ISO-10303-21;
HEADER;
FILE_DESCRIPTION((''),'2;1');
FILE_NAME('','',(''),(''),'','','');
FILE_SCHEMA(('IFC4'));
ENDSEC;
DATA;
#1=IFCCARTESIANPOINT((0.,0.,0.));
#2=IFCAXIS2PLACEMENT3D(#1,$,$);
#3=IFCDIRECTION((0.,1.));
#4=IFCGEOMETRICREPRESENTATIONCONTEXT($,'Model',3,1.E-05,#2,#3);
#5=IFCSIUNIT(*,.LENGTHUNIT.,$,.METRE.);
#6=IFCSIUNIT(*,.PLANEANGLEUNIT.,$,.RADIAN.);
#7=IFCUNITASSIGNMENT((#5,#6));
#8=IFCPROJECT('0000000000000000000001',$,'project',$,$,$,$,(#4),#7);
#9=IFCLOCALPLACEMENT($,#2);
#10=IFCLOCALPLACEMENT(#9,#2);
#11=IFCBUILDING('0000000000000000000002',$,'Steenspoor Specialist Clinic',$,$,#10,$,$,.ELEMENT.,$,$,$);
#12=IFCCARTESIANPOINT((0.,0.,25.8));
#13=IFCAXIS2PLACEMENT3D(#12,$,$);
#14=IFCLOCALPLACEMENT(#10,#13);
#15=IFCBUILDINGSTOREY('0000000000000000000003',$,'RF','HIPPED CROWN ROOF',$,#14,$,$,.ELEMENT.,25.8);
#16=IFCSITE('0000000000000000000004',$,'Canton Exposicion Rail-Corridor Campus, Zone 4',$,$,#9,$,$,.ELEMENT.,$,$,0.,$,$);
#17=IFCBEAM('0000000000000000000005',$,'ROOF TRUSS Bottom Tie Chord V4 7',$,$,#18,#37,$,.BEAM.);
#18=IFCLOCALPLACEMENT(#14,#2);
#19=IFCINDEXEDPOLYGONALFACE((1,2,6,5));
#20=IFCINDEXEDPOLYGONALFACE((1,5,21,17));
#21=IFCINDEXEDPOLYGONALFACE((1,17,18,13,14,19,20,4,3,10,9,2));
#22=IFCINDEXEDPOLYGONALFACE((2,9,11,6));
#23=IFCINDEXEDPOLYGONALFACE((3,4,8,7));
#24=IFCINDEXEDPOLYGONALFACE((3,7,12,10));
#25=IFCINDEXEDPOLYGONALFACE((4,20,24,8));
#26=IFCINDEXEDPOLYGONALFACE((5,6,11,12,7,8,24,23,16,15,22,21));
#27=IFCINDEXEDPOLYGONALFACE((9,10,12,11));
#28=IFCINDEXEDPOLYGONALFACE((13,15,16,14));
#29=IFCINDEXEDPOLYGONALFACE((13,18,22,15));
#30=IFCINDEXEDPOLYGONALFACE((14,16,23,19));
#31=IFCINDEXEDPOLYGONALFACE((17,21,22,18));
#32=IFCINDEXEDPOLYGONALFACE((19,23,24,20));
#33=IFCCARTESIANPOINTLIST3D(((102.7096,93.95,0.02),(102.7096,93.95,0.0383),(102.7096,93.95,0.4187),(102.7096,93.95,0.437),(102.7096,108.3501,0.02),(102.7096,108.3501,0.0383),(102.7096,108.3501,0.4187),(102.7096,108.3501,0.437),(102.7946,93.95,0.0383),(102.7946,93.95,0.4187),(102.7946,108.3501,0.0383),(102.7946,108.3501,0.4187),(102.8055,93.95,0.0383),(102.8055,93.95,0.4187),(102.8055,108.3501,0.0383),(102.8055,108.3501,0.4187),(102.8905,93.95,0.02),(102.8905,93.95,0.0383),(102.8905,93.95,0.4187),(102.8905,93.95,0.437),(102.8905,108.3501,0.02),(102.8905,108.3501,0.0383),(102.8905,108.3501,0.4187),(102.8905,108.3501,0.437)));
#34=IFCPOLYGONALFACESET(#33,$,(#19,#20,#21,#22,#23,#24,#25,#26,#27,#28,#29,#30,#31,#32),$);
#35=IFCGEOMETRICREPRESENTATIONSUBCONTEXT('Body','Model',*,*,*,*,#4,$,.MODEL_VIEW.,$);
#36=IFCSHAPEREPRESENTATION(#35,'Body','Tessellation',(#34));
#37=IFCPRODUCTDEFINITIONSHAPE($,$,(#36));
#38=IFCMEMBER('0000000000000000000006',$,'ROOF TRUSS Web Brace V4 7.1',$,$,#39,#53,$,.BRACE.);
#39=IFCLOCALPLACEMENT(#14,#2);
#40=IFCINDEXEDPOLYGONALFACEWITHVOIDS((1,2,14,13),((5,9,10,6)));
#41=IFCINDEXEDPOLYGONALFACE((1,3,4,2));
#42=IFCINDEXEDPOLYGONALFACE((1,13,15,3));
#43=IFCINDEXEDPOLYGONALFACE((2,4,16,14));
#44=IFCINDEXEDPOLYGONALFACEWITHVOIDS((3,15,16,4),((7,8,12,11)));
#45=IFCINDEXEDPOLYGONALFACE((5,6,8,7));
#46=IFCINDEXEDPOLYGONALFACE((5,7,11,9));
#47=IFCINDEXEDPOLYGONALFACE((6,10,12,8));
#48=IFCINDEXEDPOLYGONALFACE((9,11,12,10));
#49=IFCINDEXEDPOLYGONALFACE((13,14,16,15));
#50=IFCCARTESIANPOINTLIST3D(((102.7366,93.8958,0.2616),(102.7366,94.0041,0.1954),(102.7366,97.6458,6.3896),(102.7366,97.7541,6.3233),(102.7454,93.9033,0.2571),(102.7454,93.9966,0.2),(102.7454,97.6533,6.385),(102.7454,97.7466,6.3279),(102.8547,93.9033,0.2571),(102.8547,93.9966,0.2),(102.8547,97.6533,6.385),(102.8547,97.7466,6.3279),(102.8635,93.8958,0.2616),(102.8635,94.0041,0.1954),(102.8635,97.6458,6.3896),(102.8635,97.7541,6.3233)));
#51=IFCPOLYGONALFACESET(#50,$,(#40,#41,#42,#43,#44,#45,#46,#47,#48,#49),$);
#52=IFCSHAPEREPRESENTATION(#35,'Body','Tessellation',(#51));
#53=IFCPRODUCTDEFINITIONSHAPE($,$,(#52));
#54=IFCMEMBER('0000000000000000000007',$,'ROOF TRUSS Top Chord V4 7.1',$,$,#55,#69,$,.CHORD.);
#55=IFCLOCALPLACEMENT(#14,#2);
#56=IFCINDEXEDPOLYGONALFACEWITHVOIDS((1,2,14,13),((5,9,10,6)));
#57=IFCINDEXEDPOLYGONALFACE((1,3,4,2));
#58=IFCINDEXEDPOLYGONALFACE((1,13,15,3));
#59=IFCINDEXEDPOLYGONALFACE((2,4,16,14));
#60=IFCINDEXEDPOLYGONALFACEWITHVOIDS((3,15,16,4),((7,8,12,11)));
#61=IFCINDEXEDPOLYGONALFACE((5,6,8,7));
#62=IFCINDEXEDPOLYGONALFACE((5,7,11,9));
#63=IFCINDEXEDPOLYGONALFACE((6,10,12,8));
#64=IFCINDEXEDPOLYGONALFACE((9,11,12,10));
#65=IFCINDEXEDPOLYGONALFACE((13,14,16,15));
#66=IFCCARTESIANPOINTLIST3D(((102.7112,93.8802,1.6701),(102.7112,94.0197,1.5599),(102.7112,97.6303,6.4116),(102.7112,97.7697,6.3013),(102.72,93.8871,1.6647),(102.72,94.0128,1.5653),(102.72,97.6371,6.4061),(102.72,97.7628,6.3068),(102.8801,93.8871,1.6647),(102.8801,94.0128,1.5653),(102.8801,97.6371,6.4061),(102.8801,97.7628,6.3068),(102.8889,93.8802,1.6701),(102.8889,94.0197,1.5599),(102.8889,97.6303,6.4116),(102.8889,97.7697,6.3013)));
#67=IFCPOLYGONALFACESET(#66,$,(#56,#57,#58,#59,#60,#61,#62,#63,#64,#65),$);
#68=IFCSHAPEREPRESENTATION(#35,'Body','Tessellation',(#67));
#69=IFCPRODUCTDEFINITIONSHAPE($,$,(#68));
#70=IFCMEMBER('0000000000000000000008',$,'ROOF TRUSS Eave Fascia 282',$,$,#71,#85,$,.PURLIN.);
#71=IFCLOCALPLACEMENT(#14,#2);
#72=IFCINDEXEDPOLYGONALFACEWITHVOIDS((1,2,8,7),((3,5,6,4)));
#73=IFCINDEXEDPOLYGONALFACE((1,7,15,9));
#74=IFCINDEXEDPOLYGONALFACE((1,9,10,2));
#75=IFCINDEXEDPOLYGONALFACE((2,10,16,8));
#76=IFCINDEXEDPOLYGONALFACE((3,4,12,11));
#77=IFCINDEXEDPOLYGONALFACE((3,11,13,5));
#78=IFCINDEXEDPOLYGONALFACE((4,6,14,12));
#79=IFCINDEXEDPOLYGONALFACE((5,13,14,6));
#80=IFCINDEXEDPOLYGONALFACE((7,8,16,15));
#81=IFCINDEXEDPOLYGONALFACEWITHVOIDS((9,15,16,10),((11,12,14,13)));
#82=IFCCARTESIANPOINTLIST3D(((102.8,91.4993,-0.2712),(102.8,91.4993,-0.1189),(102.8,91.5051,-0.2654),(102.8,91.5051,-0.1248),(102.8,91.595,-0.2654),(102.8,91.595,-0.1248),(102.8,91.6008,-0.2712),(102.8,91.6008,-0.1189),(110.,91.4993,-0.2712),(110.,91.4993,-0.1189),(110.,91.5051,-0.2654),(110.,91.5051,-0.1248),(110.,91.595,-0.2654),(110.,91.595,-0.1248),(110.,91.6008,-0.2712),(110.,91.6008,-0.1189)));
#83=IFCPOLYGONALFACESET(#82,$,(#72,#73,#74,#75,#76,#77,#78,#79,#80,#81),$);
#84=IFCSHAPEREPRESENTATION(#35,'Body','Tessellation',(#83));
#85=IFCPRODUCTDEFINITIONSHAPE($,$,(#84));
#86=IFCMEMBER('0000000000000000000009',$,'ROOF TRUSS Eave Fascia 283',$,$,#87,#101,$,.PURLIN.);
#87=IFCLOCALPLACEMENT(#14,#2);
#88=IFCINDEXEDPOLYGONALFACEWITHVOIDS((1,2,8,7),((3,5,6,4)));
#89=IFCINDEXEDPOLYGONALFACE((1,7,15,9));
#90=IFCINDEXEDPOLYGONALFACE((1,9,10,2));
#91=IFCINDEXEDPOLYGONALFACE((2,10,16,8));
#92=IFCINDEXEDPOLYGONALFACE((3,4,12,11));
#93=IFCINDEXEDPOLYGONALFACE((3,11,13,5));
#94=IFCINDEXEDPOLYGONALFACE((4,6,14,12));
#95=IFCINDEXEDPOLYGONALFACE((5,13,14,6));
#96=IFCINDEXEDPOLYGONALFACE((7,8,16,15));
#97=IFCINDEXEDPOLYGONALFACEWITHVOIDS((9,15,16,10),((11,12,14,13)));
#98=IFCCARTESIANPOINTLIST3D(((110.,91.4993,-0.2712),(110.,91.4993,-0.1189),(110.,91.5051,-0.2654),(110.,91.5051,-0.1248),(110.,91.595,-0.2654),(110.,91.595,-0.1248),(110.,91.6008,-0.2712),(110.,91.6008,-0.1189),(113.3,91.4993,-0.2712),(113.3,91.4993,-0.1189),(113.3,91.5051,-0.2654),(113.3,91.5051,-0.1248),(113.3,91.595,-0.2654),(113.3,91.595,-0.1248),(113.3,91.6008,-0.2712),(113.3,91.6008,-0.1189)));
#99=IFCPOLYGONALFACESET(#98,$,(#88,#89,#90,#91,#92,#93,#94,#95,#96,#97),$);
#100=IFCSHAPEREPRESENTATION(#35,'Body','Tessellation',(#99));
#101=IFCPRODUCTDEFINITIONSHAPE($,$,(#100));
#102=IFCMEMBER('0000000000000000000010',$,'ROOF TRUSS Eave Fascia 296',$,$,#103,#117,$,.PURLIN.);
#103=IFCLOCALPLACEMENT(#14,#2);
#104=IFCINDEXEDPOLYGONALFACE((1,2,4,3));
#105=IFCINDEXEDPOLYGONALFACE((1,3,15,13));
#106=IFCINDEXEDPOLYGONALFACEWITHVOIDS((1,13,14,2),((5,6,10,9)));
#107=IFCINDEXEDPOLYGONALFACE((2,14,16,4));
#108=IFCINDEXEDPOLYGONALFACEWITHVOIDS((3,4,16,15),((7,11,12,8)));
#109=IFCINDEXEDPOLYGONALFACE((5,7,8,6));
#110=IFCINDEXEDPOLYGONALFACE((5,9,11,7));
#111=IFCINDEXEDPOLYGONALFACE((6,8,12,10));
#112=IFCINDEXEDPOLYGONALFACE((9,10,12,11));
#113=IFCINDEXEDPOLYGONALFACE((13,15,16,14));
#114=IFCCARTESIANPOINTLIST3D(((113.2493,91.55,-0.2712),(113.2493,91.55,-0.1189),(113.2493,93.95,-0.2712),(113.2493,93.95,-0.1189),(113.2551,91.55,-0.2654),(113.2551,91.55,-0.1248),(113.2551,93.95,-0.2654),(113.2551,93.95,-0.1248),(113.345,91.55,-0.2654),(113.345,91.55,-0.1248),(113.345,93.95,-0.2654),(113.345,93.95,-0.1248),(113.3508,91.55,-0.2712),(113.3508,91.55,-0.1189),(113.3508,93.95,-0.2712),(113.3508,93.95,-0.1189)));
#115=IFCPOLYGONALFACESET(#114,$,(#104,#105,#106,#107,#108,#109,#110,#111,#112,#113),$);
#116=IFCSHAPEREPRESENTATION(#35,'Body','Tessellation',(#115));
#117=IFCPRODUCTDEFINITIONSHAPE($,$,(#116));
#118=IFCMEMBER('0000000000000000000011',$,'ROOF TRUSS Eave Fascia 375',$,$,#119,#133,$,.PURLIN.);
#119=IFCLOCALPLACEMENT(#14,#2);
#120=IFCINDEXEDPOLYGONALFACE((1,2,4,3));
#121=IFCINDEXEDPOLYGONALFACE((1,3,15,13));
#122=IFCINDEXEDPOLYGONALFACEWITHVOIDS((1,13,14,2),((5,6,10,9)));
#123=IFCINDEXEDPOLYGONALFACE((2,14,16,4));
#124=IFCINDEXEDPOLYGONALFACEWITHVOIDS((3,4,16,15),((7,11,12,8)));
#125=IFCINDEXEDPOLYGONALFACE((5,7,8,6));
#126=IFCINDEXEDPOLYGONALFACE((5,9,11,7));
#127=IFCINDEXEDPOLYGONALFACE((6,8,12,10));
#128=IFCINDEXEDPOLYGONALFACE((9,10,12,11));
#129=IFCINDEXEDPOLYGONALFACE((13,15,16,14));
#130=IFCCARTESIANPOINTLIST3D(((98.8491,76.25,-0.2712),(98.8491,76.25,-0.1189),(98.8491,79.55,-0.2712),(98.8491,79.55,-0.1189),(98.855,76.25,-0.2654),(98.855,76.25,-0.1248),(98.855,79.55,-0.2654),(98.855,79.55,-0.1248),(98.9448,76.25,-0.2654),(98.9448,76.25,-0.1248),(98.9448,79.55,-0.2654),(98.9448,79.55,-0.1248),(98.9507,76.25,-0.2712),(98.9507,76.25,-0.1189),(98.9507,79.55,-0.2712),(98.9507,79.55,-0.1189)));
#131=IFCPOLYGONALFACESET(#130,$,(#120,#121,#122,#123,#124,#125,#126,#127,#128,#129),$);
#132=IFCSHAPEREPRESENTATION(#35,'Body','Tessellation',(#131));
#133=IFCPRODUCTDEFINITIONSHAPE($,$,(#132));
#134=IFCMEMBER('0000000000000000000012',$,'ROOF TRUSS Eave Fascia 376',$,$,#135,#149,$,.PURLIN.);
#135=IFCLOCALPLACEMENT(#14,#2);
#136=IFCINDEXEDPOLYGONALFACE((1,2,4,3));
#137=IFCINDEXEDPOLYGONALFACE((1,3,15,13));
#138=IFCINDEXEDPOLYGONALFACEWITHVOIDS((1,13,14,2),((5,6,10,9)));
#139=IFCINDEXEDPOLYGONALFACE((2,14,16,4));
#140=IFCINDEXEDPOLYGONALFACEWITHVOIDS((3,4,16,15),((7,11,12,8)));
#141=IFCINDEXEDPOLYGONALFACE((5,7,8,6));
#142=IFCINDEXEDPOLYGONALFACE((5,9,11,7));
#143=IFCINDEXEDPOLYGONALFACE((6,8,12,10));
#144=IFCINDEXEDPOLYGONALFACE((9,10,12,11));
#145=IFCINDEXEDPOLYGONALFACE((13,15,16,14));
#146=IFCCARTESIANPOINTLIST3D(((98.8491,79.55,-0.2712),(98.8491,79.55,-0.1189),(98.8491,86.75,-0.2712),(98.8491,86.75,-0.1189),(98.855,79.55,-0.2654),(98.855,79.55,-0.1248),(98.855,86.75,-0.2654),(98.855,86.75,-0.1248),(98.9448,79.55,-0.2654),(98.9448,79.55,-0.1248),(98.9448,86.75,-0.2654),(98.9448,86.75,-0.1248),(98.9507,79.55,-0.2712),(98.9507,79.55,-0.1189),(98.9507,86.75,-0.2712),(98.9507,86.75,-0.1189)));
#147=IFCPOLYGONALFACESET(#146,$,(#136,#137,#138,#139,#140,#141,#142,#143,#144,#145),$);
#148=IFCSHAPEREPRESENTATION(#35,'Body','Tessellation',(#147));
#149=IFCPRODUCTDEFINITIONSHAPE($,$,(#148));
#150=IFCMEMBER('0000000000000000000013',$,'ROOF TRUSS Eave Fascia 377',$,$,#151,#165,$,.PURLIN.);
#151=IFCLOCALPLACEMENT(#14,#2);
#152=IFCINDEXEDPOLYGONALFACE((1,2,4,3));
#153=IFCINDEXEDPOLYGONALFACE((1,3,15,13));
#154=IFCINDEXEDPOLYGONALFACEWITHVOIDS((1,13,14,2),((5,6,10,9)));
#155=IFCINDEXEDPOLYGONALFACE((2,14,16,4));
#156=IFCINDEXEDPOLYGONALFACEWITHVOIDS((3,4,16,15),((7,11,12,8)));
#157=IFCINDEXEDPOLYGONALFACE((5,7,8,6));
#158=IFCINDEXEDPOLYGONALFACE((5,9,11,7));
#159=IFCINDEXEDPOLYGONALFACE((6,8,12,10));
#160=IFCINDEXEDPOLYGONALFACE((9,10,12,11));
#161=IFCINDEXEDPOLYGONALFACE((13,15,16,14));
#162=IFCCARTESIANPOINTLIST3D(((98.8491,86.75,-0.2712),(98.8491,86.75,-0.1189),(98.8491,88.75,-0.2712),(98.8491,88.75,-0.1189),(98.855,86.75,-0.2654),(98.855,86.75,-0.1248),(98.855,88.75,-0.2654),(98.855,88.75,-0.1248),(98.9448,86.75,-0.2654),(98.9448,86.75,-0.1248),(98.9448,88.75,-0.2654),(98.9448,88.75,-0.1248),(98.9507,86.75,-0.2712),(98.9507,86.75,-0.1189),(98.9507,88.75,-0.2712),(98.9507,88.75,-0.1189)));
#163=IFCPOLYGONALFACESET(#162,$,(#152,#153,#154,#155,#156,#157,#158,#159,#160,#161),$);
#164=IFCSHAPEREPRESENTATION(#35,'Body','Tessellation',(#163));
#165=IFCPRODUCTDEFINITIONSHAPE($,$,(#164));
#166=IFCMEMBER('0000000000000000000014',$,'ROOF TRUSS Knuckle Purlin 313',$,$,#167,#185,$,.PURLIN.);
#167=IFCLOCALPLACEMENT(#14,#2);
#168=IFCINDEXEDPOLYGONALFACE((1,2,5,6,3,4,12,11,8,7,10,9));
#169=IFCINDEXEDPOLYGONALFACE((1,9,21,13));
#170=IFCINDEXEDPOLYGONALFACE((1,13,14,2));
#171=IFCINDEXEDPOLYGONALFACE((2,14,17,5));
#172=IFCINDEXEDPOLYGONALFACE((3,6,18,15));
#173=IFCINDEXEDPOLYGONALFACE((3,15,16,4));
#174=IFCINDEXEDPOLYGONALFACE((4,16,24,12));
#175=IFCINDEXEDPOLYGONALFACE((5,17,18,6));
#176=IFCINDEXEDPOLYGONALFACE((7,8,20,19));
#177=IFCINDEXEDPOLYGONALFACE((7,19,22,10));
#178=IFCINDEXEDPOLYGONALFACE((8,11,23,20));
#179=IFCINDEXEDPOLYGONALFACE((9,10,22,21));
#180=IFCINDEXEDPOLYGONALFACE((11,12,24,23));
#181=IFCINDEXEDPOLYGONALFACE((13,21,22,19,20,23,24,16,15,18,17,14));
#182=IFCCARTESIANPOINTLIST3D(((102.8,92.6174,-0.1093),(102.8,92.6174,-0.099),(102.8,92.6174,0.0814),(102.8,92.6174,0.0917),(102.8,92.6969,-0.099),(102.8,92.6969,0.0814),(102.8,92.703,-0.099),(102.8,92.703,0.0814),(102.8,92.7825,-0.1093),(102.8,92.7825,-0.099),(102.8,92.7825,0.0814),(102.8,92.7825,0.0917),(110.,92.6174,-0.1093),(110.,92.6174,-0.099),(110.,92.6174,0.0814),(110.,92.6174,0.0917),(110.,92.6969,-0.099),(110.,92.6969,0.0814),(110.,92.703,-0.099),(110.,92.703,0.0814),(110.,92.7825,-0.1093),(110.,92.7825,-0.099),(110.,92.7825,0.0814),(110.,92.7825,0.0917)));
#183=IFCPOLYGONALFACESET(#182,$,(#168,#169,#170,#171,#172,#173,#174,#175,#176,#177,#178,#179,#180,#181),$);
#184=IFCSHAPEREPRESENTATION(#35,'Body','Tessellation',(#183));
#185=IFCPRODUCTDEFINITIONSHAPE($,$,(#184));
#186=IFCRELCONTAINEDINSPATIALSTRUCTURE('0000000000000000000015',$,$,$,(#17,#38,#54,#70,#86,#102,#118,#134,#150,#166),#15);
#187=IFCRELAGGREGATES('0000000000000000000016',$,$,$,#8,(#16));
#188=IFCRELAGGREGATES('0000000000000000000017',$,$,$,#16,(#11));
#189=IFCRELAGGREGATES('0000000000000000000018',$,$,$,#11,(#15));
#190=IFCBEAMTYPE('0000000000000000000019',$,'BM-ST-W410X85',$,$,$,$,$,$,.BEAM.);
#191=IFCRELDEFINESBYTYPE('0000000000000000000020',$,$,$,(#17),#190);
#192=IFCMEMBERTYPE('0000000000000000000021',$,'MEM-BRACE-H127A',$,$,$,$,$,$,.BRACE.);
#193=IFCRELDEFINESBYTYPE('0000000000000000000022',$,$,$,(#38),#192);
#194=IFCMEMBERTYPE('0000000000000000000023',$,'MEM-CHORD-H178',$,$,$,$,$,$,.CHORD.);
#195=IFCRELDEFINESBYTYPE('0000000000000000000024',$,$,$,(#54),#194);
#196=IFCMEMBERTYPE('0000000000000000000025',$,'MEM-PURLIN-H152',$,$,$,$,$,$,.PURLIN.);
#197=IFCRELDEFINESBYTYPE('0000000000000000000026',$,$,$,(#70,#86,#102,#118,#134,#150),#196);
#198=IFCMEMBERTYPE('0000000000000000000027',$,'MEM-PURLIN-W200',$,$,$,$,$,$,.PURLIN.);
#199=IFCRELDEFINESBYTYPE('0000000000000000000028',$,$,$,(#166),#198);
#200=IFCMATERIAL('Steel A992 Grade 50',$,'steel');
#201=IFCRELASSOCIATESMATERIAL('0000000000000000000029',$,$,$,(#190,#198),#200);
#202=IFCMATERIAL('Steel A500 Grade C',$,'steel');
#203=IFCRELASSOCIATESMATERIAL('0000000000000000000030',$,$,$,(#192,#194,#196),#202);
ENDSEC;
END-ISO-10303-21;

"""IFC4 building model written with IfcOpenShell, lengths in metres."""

from ifc_helpers import new_model, si_unit, direction, frame, origin, origin_2d, place, context, subcontext, project, spatial, hollow_rectangle, i_section, extrude, material, material_profile, profile_set, type_object, element, save


model = new_model("IFC4")

# Units and contexts
model_context = context("Model", 3, precision=1e-05, world=origin(), true_north=direction((0.0, 1.0)))
body_context = subcontext(model_context, "Body", "Model", "MODEL_VIEW")
ifc_project = project(units=[si_unit("LENGTHUNIT", "METRE"), si_unit("PLANEANGLEUNIT", "RADIAN")], contexts=[model_context])

# Site, building, storey
site_placement = place(None, origin())
site = spatial("IfcSite", under=ifc_project, at=site_placement, Name="Canton Exposicion Rail-Corridor Campus, Zone 4", CompositionType="ELEMENT", RefElevation=0.0)
building_placement = place(site_placement, origin())
building = spatial("IfcBuilding", under=site, at=building_placement, Name="Steenspoor Specialist Clinic", CompositionType="ELEMENT")
storey_placement = place(building_placement, frame((0.0, 0.0, 25.8)))
storey = spatial("IfcBuildingStorey", under=building, at=storey_placement, Name="RF", Description="HIPPED CROWN ROOF", CompositionType="ELEMENT", Elevation=25.8)

# Beam
ifc_material_1 = material(Name="Steel A992 Grade 50", Category="steel")
ifc_material_profile_1 = material_profile(ifc_material_1, i_section(OverallWidth=0.1809, OverallDepth=0.417, WebThickness=0.011, FlangeThickness=0.0183, at=origin_2d()), Name="W410X85")
ifc_profile_set_1 = profile_set([ifc_material_profile_1], Name="Steel A992 Grade 50")
beam_type = type_object("IfcBeamType", Name="BM-ST-W410X85", PredefinedType="BEAM", material=ifc_profile_set_1)
beam_placement = place(storey_placement, frame((102.8, 93.95, 0.2285), z_axis=(0.0, 1.0, 0.0), x_axis=(-1.0, 0.0, 0.0)))
element("IfcBeam", 1, at=beam_placement, inside=storey, type_object=beam_type, Name="ROOF TRUSS Bottom Tie Chord V4 7", PredefinedType="BEAM", context=body_context, shape_type="SweptSolid", body=[
    extrude(i_section(OverallWidth=0.1809, OverallDepth=0.417, WebThickness=0.011, FlangeThickness=0.0183, at=origin_2d()), origin(), (0.0, 0.0, 1.0), 14.4001),
])

# Members
ifc_material_2 = material(Name="Steel A500 Grade C", Category="steel")
ifc_material_profile_2 = material_profile(ifc_material_2, hollow_rectangle(XDim=0.127, YDim=0.127, WallThickness=0.0088, at=origin_2d()), Name="HSS127X127X9.5")
ifc_profile_set_2 = profile_set([ifc_material_profile_2], Name="Steel A500 Grade C")
member_type_1 = type_object("IfcMemberType", Name="MEM-BRACE-H127A", PredefinedType="BRACE", material=ifc_profile_set_2)
member_1_placement = place(storey_placement, frame((102.8, 93.95, 0.2285), z_axis=(0.0, 0.521972, 0.852962), x_axis=(-1.0, 0.0, 0.0)))
element("IfcMember", 2, at=member_1_placement, inside=storey, type_object=member_type_1, Name="ROOF TRUSS Web Brace V4 7.1", PredefinedType="BRACE", context=body_context, shape_type="SweptSolid", body=[
    extrude(hollow_rectangle(XDim=0.127, YDim=0.127, WallThickness=0.0088, at=origin_2d()), origin(), (0.0, 0.0, 1.0), 7.1843),
])
ifc_material_profile_3 = material_profile(ifc_material_2, hollow_rectangle(XDim=0.1777, YDim=0.1777, WallThickness=0.0088, at=origin_2d()), Name="HSS178X178X9.5")
ifc_profile_set_3 = profile_set([ifc_material_profile_3], Name="Steel A500 Grade C")
member_type_2 = type_object("IfcMemberType", Name="MEM-CHORD-H178", PredefinedType="CHORD", material=ifc_profile_set_3)
member_2_placement = place(storey_placement, frame((102.8, 93.95, 1.615), z_axis=(0.0, 0.620332, 0.78434), x_axis=(-1.0, 0.0, 0.0)))
element("IfcMember", 3, at=member_2_placement, inside=storey, type_object=member_type_2, Name="ROOF TRUSS Top Chord V4 7.1", PredefinedType="CHORD", context=body_context, shape_type="SweptSolid", body=[
    extrude(hollow_rectangle(XDim=0.1777, YDim=0.1777, WallThickness=0.0088, at=origin_2d()), origin(), (0.0, 0.0, 1.0), 6.0452),
])
ifc_material_profile_4 = material_profile(ifc_material_2, hollow_rectangle(XDim=0.1016, YDim=0.1523, WallThickness=0.0059, at=origin_2d()), Name="HSS152X102X6.4")
ifc_profile_set_4 = profile_set([ifc_material_profile_4], Name="Steel A500 Grade C")
member_type_3 = type_object("IfcMemberType", Name="MEM-PURLIN-H152", PredefinedType="PURLIN", material=ifc_profile_set_4)
member_3_placement = place(storey_placement, frame((102.8, 91.55, -0.1951), z_axis=(1.0, 0.0, 0.0), x_axis=(0.0, 1.0, 0.0)))
element("IfcMember", 4, at=member_3_placement, inside=storey, type_object=member_type_3, Name="ROOF TRUSS Eave Fascia 282", PredefinedType="PURLIN", context=body_context, shape_type="SweptSolid", body=[
    extrude(hollow_rectangle(XDim=0.1016, YDim=0.1523, WallThickness=0.0059, at=origin_2d()), origin(), (0.0, 0.0, 1.0), 7.2),
])
member_4_placement = place(storey_placement, frame((110.0, 91.55, -0.1951), z_axis=(1.0, 0.0, 0.0), x_axis=(0.0, 1.0, 0.0)))
element("IfcMember", 5, at=member_4_placement, inside=storey, type_object=member_type_3, Name="ROOF TRUSS Eave Fascia 283", PredefinedType="PURLIN", context=body_context, shape_type="SweptSolid", body=[
    extrude(hollow_rectangle(XDim=0.1016, YDim=0.1523, WallThickness=0.0059, at=origin_2d()), origin(), (0.0, 0.0, 1.0), 3.3),
])
member_5_placement = place(storey_placement, frame((113.3, 91.55, -0.1951), z_axis=(0.0, 1.0, 0.0), x_axis=(-1.0, 0.0, 0.0)))
element("IfcMember", 6, at=member_5_placement, inside=storey, type_object=member_type_3, Name="ROOF TRUSS Eave Fascia 296", PredefinedType="PURLIN", context=body_context, shape_type="SweptSolid", body=[
    extrude(hollow_rectangle(XDim=0.1016, YDim=0.1523, WallThickness=0.0059, at=origin_2d()), origin(), (0.0, 0.0, 1.0), 2.3999),
])
member_6_placement = place(storey_placement, frame((98.8999, 76.25, -0.1951), z_axis=(0.0, 1.0, 0.0), x_axis=(-1.0, 0.0, 0.0)))
element("IfcMember", 7, at=member_6_placement, inside=storey, type_object=member_type_3, Name="ROOF TRUSS Eave Fascia 375", PredefinedType="PURLIN", context=body_context, shape_type="SweptSolid", body=[
    extrude(hollow_rectangle(XDim=0.1016, YDim=0.1523, WallThickness=0.0059, at=origin_2d()), origin(), (0.0, 0.0, 1.0), 3.3),
])
member_7_placement = place(storey_placement, frame((98.8999, 79.55, -0.1951), z_axis=(0.0, 1.0, 0.0), x_axis=(-1.0, 0.0, 0.0)))
element("IfcMember", 8, at=member_7_placement, inside=storey, type_object=member_type_3, Name="ROOF TRUSS Eave Fascia 376", PredefinedType="PURLIN", context=body_context, shape_type="SweptSolid", body=[
    extrude(hollow_rectangle(XDim=0.1016, YDim=0.1523, WallThickness=0.0059, at=origin_2d()), origin(), (0.0, 0.0, 1.0), 7.2),
])
member_8_placement = place(storey_placement, frame((98.8999, 86.75, -0.1951), z_axis=(0.0, 1.0, 0.0), x_axis=(-1.0, 0.0, 0.0)))
element("IfcMember", 9, at=member_8_placement, inside=storey, type_object=member_type_3, Name="ROOF TRUSS Eave Fascia 377", PredefinedType="PURLIN", context=body_context, shape_type="SweptSolid", body=[
    extrude(hollow_rectangle(XDim=0.1016, YDim=0.1523, WallThickness=0.0059, at=origin_2d()), origin(), (0.0, 0.0, 1.0), 2.0),
])
ifc_material_profile_5 = material_profile(ifc_material_1, i_section(OverallWidth=0.165, OverallDepth=0.2009, WebThickness=0.0061, FlangeThickness=0.0103, at=origin_2d()), Name="W200X36")
ifc_profile_set_5 = profile_set([ifc_material_profile_5], Name="Steel A992 Grade 50")
member_type_4 = type_object("IfcMemberType", Name="MEM-PURLIN-W200", PredefinedType="PURLIN", material=ifc_profile_set_5)
member_9_placement = place(storey_placement, frame((102.8, 92.7, -0.0088), z_axis=(1.0, 0.0, 0.0), x_axis=(0.0, 1.0, 0.0)))
element("IfcMember", 10, at=member_9_placement, inside=storey, type_object=member_type_4, Name="ROOF TRUSS Knuckle Purlin 313", PredefinedType="PURLIN", context=body_context, shape_type="SweptSolid", body=[
    extrude(i_section(OverallWidth=0.165, OverallDepth=0.2009, WebThickness=0.0061, FlangeThickness=0.0103, at=origin_2d()), origin(), (0.0, 0.0, 1.0), 7.2),
])

save(model, "model.ifc")
